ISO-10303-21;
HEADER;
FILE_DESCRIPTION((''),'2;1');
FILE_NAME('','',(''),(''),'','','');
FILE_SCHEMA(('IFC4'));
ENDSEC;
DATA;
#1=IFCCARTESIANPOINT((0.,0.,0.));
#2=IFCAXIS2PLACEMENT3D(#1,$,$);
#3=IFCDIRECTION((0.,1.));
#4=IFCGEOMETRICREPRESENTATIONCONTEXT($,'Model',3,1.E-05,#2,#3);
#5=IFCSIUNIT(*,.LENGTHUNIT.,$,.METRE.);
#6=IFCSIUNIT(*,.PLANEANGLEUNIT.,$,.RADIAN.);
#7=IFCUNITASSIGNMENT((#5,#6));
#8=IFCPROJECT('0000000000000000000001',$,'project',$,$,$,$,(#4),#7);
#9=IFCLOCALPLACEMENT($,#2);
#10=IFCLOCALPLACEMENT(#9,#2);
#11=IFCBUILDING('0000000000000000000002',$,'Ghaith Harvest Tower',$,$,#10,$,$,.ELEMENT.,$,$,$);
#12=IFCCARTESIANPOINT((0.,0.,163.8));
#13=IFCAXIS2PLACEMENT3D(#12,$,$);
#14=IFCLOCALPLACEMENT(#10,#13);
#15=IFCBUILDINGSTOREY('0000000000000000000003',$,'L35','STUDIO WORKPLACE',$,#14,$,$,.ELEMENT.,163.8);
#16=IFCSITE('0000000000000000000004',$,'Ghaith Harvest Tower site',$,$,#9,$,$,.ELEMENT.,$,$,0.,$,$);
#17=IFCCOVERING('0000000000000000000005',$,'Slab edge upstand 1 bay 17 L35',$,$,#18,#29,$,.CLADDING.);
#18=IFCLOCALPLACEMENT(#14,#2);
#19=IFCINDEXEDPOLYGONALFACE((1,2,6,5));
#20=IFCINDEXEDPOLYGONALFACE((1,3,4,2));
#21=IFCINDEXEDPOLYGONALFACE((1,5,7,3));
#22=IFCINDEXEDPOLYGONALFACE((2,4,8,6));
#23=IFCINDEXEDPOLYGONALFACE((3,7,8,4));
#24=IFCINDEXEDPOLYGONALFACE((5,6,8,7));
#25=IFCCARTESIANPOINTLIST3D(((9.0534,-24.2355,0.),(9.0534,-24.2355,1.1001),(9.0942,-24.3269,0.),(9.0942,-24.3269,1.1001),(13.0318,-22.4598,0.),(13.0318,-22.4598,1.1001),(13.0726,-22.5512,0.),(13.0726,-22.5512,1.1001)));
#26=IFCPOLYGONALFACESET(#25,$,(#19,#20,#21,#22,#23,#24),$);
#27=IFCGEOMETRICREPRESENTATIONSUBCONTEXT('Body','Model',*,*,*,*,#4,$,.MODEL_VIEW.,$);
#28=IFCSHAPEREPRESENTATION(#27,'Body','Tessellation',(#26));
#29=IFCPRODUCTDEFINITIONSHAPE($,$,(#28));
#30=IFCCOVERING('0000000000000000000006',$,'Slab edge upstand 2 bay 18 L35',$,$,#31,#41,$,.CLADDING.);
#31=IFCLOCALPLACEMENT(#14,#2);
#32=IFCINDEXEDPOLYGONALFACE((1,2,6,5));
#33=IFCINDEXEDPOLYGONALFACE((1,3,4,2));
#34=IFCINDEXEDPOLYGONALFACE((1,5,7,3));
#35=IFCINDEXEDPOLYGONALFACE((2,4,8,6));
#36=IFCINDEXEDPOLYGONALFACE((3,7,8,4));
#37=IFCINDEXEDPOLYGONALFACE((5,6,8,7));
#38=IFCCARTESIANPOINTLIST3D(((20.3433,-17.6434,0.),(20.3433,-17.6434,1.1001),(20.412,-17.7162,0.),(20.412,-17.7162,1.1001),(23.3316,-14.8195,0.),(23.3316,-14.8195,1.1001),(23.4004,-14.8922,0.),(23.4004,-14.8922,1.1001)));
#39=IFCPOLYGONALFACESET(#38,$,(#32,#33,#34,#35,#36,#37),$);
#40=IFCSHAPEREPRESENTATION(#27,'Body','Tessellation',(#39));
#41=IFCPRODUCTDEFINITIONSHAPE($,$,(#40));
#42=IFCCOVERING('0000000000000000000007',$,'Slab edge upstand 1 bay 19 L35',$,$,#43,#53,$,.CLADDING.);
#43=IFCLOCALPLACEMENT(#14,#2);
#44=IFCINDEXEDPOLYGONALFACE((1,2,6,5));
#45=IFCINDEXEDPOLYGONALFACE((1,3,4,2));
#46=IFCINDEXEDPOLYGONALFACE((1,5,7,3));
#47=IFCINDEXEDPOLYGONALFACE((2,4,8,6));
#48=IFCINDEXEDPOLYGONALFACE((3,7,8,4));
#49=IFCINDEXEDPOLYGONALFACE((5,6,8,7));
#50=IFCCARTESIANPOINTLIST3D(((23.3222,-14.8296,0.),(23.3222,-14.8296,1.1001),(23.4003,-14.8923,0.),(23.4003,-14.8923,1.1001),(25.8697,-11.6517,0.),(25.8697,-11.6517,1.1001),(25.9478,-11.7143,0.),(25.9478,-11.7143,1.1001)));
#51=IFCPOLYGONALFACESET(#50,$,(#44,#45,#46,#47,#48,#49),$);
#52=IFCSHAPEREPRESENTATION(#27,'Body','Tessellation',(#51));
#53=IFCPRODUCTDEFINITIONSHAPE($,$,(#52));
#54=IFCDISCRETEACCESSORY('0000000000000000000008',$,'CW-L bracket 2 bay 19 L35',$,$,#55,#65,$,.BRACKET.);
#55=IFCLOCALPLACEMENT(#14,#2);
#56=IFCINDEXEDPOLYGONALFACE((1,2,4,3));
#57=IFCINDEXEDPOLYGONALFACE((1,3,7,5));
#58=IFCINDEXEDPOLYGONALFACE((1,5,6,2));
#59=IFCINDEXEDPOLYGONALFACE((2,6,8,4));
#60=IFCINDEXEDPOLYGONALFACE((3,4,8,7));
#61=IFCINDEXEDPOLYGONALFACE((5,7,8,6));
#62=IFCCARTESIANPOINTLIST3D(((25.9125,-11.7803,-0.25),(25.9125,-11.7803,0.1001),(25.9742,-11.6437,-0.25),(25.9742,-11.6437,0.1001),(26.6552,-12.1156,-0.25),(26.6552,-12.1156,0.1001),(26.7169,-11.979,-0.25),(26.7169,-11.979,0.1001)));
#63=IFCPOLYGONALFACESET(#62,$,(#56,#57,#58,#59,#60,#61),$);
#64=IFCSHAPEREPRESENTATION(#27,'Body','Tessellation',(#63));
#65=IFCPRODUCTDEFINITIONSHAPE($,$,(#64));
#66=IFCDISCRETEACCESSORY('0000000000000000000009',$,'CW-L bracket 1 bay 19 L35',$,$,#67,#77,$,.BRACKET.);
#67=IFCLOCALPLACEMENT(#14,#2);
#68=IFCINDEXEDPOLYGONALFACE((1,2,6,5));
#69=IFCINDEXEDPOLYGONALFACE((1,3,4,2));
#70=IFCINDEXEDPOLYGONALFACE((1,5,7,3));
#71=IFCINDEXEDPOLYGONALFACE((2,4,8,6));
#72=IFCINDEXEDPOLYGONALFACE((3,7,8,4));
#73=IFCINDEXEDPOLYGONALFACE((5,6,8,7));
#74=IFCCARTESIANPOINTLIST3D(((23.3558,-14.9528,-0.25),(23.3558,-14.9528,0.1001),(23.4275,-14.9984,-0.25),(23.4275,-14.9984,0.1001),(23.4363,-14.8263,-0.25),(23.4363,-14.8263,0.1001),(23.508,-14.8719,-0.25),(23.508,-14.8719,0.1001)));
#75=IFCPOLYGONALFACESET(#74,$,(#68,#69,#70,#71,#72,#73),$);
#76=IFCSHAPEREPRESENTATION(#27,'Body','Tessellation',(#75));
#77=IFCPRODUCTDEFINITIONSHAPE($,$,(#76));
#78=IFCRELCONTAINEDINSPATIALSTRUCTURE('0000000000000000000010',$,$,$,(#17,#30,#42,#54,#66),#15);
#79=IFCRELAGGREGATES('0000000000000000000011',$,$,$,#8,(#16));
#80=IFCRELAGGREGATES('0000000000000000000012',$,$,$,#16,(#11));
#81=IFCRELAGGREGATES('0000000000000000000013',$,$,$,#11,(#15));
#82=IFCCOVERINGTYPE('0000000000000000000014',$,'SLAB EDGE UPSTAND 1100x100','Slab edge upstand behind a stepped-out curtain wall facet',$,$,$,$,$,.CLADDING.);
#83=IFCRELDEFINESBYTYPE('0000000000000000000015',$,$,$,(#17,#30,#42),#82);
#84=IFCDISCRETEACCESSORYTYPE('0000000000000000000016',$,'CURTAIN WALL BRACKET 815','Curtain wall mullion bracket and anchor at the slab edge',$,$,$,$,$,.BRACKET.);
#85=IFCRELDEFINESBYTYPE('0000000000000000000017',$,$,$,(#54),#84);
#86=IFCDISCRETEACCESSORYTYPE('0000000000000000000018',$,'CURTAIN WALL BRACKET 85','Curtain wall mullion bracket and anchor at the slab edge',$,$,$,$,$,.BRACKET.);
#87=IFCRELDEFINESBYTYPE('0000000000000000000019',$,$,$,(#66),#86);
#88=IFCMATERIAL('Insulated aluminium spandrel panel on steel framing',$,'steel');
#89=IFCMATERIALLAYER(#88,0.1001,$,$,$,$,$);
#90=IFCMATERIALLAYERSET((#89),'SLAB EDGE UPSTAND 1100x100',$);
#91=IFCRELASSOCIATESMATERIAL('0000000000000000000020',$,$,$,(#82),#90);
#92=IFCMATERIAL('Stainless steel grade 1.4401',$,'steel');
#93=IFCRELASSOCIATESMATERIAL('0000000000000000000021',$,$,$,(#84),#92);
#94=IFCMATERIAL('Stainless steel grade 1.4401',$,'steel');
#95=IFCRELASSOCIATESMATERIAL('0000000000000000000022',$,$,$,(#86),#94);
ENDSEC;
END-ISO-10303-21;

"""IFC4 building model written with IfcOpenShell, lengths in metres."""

from ifc_helpers import new_model, si_unit, direction, frame, origin, origin_2d, place, context, subcontext, project, spatial, rectangle, extrude, material, layer, layer_set, type_object, element, save


model = new_model("IFC4")

# Units and contexts
model_context = context("Model", 3, precision=1e-05, world=origin(), true_north=direction((0.0, 1.0)))
body_context = subcontext(model_context, "Body", "Model", "MODEL_VIEW")
ifc_project = project(units=[si_unit("LENGTHUNIT", "METRE"), si_unit("PLANEANGLEUNIT", "RADIAN")], contexts=[model_context])

# Site, building, storey
site_placement = place(None, origin())
site = spatial("IfcSite", under=ifc_project, at=site_placement, Name="Ghaith Harvest Tower site", CompositionType="ELEMENT", RefElevation=0.0)
building_placement = place(site_placement, origin())
building = spatial("IfcBuilding", under=site, at=building_placement, Name="Ghaith Harvest Tower", CompositionType="ELEMENT")
storey_placement = place(building_placement, frame((0.0, 0.0, 163.8)))
storey = spatial("IfcBuildingStorey", under=building, at=storey_placement, Name="L35", Description="STUDIO WORKPLACE", CompositionType="ELEMENT", Elevation=163.8)

# Coverings
ifc_material_1 = material(Name="Insulated aluminium spandrel panel on steel framing", Category="steel")
ifc_layer_1 = layer(ifc_material_1, 0.1001)
ifc_layer_set_1 = layer_set([ifc_layer_1], Name="SLAB EDGE UPSTAND 1100x100")
covering_type = type_object("IfcCoveringType", Name="SLAB EDGE UPSTAND 1100x100", Description="Slab edge upstand behind a stepped-out curtain wall facet", PredefinedType="CLADDING", material=ifc_layer_set_1)
covering_1_placement = place(storey_placement, frame((11.063, -23.3933, 0.0), z_axis=(0.0, 0.0, 1.0), x_axis=(0.91317, 0.407578, 0.0)))
element("IfcCovering", 1, at=covering_1_placement, inside=storey, type_object=covering_type, Name="Slab edge upstand 1 bay 17 L35", PredefinedType="CLADDING", context=body_context, shape_type="SweptSolid", body=[
    extrude(rectangle(XDim=4.3567, YDim=0.1001, at=origin_2d()), origin(), (0.0, 0.0, 1.0), 1.1001),
])
covering_2_placement = place(storey_placement, frame((21.8718, -16.2678, 0.0), z_axis=(0.0, 0.0, 1.0), x_axis=(0.72681, 0.686839, 0.0)))
element("IfcCovering", 2, at=covering_2_placement, inside=storey, type_object=covering_type, Name="Slab edge upstand 2 bay 18 L35", PredefinedType="CLADDING", context=body_context, shape_type="SweptSolid", body=[
    extrude(rectangle(XDim=4.1116, YDim=0.1001, at=origin_2d()), origin(), (0.0, 0.0, 1.0), 1.1001),
])
covering_3_placement = place(storey_placement, frame((24.635, -13.272, 0.0), z_axis=(0.0, 0.0, 1.0), x_axis=(0.625468, 0.78025, 0.0)))
element("IfcCovering", 3, at=covering_3_placement, inside=storey, type_object=covering_type, Name="Slab edge upstand 1 bay 19 L35", PredefinedType="CLADDING", context=body_context, shape_type="SweptSolid", body=[
    extrude(rectangle(XDim=4.073, YDim=0.1001, at=origin_2d()), origin(), (0.0, 0.0, 1.0), 1.1001),
])

# Discrete accessories
ifc_material_2 = material(Name="Stainless steel grade 1.4401", Category="steel")
discrete_accessory_type_1 = type_object("IfcDiscreteAccessoryType", Name="CURTAIN WALL BRACKET 815", Description="Curtain wall mullion bracket and anchor at the slab edge", PredefinedType="BRACKET", material=ifc_material_2)
discrete_accessory_1_placement = place(storey_placement, frame((26.3147, -11.8796, -0.25), z_axis=(0.0, 0.0, 1.0), x_axis=(0.911427, -0.411462, 0.0)))
element("IfcDiscreteAccessory", 4, at=discrete_accessory_1_placement, inside=storey, type_object=discrete_accessory_type_1, Name="CW-L bracket 2 bay 19 L35", PredefinedType="BRACKET", context=body_context, shape_type="SweptSolid", body=[
    extrude(rectangle(XDim=0.8149, YDim=0.1499, at=origin_2d()), origin(), (0.0, 0.0, 1.0), 0.3501),
])
ifc_material_3 = material(Name="Stainless steel grade 1.4401", Category="steel")
discrete_accessory_type_2 = type_object("IfcDiscreteAccessoryType", Name="CURTAIN WALL BRACKET 85", Description="Curtain wall mullion bracket and anchor at the slab edge", PredefinedType="BRACKET", material=ifc_material_3)
discrete_accessory_2_placement = place(storey_placement, frame((23.4319, -14.9124, -0.25), z_axis=(0.0, 0.0, 1.0), x_axis=(0.843644, -0.536903, 0.0)))
element("IfcDiscreteAccessory", 5, at=discrete_accessory_2_placement, inside=storey, type_object=discrete_accessory_type_2, Name="CW-L bracket 1 bay 19 L35", PredefinedType="BRACKET", context=body_context, shape_type="SweptSolid", body=[
    extrude(rectangle(XDim=0.085, YDim=0.1499, at=origin_2d()), origin(), (0.0, 0.0, 1.0), 0.3501),
])

save(model, "model.ifc")
